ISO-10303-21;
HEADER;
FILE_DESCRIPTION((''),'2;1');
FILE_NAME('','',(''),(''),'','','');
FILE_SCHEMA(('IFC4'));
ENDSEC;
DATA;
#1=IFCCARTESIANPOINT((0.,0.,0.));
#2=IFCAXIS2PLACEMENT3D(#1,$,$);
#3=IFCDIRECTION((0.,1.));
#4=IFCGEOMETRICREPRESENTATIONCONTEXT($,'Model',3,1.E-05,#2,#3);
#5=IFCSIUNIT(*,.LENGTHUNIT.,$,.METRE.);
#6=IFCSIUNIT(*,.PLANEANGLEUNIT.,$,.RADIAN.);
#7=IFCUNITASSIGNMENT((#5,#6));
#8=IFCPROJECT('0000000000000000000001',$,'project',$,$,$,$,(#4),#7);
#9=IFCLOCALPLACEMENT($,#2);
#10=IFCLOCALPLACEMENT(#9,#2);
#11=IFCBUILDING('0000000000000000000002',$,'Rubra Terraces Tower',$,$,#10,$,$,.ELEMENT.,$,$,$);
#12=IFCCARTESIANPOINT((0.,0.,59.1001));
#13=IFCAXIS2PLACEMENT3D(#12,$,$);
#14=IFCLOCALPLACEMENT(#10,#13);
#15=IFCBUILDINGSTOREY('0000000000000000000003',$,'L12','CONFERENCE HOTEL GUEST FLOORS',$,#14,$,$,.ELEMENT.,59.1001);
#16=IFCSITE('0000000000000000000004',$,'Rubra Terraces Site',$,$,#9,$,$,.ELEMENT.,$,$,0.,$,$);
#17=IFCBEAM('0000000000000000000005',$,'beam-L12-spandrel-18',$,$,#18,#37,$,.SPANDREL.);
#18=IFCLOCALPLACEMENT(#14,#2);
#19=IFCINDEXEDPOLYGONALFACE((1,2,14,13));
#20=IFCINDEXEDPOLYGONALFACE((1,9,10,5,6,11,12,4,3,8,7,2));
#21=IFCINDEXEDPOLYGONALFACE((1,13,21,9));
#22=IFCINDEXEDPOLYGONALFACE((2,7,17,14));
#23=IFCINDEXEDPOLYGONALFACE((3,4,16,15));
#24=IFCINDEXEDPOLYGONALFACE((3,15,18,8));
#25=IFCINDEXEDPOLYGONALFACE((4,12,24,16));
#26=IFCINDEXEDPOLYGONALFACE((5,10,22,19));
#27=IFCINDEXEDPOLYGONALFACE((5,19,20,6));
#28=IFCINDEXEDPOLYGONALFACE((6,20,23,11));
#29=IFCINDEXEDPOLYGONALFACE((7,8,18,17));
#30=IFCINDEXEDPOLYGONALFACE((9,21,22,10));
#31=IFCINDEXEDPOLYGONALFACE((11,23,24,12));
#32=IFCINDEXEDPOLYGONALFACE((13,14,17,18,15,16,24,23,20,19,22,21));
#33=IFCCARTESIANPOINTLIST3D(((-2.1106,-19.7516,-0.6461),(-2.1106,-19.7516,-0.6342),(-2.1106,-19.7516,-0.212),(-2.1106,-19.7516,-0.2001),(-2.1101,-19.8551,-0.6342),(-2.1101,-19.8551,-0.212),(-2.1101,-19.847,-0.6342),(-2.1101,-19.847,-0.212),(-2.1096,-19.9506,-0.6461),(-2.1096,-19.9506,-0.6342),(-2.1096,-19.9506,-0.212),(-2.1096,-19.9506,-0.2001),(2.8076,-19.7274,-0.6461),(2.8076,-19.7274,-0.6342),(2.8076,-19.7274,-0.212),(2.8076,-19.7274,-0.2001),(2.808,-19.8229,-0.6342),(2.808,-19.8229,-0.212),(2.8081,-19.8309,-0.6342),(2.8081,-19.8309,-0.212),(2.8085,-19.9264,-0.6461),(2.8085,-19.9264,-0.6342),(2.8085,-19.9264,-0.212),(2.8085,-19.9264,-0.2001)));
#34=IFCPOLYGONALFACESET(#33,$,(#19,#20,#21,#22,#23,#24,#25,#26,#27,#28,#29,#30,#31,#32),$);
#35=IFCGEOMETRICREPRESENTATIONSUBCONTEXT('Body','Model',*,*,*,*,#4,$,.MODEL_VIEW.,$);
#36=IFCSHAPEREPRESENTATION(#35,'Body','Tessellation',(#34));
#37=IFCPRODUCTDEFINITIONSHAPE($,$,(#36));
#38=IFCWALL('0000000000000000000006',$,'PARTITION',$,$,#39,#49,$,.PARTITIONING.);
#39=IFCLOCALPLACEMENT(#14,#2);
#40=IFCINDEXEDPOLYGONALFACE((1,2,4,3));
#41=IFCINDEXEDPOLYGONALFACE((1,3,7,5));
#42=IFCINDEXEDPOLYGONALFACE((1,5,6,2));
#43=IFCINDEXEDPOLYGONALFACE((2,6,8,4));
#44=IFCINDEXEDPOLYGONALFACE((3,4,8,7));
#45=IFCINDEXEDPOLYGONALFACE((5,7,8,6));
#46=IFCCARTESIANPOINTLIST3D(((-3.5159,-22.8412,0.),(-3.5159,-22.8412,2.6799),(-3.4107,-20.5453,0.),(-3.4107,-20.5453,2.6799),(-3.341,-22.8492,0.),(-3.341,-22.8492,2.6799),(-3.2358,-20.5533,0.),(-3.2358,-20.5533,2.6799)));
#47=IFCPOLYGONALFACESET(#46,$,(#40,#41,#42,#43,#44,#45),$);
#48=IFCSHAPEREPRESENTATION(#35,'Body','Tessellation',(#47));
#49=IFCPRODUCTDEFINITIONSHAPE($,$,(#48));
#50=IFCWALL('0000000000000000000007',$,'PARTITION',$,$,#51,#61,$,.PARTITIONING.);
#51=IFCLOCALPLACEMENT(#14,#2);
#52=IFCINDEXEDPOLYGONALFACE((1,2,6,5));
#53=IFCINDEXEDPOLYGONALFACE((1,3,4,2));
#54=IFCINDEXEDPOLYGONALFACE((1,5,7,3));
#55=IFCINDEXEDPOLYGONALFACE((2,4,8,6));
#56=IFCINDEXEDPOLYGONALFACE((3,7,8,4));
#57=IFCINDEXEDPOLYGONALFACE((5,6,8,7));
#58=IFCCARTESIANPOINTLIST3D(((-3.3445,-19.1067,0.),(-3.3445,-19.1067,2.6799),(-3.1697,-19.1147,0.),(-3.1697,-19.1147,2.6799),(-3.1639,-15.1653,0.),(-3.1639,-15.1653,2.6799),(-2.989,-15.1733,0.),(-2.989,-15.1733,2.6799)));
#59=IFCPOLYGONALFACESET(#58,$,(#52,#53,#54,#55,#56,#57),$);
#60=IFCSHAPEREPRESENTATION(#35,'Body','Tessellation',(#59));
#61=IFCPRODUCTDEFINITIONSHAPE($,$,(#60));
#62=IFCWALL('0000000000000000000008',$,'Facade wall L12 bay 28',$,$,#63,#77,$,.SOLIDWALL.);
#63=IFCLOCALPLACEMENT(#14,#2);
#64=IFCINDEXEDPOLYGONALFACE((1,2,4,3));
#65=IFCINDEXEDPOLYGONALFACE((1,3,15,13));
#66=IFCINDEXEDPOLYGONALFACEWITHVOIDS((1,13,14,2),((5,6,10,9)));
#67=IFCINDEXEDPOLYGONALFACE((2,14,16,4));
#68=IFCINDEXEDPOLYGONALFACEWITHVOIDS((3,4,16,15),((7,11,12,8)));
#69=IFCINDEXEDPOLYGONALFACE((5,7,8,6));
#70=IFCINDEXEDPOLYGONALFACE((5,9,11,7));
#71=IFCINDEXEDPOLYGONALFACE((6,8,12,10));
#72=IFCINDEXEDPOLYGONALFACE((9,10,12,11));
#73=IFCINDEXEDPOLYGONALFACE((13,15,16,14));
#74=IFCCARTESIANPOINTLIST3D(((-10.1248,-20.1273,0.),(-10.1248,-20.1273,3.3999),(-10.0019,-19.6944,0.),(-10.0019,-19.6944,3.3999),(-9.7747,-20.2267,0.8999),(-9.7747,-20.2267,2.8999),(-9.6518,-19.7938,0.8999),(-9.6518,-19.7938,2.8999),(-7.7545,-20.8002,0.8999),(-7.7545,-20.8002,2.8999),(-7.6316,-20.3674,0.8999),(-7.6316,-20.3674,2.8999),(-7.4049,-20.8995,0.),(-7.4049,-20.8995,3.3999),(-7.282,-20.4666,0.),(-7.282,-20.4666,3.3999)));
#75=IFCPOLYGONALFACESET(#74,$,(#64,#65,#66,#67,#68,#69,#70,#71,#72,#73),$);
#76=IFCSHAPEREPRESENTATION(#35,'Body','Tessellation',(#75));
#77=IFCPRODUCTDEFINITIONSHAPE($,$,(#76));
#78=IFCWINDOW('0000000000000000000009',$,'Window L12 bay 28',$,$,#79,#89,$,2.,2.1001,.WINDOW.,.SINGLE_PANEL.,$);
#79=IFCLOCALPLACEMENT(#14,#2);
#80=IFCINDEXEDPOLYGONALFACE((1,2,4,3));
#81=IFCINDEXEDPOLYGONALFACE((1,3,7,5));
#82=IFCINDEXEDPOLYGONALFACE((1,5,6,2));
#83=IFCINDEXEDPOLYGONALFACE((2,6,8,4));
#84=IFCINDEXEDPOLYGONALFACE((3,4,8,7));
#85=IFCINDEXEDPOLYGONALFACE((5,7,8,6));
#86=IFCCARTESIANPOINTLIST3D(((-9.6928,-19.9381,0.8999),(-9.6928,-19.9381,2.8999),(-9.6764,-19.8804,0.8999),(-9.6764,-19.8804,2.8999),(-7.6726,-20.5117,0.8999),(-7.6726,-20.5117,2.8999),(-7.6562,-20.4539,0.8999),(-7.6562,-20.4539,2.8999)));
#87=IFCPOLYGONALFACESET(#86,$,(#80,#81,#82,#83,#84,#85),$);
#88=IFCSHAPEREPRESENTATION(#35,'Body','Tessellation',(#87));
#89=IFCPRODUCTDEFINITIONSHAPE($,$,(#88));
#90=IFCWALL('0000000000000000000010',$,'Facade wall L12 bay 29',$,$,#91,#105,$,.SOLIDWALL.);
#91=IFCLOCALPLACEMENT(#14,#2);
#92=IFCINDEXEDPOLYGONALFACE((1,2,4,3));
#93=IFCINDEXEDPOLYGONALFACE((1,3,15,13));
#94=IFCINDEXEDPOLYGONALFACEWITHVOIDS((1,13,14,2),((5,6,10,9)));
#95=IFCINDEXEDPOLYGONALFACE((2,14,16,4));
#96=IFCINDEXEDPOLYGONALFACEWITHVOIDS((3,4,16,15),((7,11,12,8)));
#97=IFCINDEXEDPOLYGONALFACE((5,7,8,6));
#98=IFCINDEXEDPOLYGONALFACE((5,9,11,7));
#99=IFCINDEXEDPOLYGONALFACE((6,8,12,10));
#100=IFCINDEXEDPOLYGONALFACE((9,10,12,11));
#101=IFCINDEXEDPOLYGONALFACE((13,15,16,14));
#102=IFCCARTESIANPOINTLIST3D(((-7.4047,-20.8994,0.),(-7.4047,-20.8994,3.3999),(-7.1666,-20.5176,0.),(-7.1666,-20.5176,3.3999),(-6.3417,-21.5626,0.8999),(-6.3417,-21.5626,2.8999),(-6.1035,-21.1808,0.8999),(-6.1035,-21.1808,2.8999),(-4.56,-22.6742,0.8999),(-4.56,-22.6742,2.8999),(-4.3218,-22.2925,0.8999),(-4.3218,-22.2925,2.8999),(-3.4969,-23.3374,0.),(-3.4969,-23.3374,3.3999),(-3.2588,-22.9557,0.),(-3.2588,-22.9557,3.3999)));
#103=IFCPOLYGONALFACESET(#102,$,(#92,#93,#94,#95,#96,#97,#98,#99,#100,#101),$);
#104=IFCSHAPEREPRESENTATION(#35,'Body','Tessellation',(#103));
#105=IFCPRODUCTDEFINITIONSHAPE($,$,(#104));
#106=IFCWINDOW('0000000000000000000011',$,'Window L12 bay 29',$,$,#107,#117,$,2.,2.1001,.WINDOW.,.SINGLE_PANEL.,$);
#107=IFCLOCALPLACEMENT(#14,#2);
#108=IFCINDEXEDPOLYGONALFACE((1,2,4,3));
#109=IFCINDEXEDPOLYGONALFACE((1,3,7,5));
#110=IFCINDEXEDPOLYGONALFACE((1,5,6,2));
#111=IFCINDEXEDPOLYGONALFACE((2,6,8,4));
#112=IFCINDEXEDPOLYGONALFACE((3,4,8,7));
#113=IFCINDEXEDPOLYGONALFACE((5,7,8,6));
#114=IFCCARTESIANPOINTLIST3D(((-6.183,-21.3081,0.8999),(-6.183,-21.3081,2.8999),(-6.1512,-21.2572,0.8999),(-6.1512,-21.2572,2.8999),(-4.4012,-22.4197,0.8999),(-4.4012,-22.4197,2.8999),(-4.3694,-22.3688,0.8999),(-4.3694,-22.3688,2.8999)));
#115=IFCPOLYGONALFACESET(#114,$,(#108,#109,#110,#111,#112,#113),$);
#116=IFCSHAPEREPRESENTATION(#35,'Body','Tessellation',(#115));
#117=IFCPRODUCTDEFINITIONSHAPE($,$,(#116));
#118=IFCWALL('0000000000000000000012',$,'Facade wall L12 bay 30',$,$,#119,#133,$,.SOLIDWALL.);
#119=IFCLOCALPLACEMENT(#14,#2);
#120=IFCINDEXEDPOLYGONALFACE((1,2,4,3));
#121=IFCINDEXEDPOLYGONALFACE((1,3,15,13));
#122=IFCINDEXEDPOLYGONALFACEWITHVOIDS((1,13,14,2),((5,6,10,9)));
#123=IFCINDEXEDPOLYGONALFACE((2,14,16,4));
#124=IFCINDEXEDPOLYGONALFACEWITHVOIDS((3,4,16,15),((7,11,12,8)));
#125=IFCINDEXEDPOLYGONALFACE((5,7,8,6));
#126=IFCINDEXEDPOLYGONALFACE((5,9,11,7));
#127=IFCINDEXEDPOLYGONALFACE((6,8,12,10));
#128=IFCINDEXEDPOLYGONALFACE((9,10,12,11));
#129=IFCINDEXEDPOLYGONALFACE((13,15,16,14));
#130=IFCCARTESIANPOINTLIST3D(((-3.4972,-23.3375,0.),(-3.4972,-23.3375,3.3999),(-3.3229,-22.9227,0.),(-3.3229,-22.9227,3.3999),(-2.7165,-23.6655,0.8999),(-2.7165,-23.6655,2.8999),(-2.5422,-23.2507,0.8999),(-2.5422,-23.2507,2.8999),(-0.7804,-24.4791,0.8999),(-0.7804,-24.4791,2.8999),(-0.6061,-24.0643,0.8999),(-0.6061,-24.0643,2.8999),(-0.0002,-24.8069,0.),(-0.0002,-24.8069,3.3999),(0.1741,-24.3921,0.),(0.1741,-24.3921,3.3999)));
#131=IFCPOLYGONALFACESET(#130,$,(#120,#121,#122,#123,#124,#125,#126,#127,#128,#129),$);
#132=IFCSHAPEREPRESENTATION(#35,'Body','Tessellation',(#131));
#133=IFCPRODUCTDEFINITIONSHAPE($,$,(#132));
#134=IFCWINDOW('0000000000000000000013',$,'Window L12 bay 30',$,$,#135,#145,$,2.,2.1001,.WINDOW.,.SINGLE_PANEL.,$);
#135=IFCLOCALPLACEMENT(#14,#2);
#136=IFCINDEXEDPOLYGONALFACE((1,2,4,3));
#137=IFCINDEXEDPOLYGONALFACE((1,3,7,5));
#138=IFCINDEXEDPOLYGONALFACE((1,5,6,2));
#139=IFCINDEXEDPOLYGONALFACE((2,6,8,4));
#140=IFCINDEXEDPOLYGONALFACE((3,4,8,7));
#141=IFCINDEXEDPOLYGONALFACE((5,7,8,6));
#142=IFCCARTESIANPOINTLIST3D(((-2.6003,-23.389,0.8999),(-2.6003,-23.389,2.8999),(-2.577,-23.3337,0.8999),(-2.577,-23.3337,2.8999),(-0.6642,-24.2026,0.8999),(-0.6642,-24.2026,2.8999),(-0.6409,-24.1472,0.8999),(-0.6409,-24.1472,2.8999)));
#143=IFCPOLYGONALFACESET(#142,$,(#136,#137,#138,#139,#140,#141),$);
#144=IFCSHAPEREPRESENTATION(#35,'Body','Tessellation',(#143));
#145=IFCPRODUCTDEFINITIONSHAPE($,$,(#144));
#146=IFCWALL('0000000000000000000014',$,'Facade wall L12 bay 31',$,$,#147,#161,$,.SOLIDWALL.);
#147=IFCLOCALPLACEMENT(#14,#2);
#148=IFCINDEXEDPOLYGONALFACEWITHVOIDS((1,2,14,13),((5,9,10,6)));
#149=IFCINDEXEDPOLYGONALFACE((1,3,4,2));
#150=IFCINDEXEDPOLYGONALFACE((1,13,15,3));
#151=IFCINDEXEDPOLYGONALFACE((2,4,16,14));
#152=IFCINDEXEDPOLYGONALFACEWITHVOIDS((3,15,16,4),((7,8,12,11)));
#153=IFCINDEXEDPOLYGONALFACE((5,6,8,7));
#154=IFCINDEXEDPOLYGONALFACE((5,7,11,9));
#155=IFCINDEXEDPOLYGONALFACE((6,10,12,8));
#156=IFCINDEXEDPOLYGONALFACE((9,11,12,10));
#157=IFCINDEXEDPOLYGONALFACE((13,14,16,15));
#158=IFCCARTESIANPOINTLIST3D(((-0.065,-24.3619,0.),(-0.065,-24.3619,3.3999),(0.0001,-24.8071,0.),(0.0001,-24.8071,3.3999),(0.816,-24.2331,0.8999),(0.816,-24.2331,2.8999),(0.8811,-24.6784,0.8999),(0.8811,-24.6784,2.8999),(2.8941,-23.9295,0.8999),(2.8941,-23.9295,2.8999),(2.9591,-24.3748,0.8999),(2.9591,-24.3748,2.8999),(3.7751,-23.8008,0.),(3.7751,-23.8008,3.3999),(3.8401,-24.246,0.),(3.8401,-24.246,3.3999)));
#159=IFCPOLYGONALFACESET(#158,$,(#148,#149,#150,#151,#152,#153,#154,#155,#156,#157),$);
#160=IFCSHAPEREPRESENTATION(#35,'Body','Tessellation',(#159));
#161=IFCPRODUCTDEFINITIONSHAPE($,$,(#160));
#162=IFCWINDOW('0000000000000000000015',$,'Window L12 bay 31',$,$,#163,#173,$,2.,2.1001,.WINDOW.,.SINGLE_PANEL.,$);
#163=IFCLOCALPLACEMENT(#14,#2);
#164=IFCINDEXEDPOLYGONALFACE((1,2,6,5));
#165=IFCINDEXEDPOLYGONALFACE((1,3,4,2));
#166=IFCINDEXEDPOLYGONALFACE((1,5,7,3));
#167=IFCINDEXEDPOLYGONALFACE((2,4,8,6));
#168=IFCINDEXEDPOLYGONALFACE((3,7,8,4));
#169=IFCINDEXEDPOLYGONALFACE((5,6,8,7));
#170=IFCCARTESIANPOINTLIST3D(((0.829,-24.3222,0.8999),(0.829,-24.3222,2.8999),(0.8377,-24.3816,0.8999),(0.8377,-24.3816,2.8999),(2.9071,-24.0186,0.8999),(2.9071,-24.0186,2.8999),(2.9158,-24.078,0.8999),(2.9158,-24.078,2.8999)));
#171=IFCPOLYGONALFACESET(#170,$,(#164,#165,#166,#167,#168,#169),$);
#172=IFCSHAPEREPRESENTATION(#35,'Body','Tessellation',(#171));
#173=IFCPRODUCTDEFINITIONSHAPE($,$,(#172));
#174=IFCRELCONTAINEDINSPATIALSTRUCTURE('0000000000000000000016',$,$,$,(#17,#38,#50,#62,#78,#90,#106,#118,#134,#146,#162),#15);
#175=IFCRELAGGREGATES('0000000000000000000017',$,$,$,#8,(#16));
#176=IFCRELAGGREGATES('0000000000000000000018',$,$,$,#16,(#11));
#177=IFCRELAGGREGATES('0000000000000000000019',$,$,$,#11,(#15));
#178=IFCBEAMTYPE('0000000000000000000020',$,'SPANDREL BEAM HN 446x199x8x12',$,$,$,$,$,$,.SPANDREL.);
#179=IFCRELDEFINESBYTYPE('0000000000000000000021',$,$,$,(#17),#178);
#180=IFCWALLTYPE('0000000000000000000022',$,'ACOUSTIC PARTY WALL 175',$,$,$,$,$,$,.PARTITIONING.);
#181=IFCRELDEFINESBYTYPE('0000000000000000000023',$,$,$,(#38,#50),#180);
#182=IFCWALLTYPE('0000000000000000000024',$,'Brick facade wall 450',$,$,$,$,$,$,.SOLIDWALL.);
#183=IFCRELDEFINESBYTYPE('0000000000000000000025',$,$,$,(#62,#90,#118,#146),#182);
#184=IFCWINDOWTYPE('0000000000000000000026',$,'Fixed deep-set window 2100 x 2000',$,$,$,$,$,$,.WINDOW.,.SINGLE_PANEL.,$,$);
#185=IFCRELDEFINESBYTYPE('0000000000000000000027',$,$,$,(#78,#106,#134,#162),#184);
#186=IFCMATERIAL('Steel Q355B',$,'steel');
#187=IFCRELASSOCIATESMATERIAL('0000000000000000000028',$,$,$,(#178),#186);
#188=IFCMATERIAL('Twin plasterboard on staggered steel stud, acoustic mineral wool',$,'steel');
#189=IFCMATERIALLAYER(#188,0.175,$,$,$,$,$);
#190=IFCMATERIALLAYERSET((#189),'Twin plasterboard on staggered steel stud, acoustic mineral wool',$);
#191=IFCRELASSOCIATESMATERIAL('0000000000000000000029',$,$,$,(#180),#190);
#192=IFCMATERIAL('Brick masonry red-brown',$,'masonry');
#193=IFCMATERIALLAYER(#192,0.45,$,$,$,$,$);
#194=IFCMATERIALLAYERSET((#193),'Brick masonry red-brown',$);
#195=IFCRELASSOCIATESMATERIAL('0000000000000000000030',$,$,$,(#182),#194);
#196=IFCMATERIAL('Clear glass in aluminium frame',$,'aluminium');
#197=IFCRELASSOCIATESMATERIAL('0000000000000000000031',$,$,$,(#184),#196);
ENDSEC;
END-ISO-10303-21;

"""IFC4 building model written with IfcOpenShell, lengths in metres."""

from ifc_helpers import new_model, si_unit, direction, frame, frame_2d, origin, origin_2d, place, context, subcontext, project, spatial, rectangle, i_section, extrude, material, layer, layer_set, material_profile, profile_set, type_object, element, fill, save


model = new_model("IFC4")

# Units and contexts
model_context = context("Model", 3, precision=1e-05, world=origin(), true_north=direction((0.0, 1.0)))
body_context = subcontext(model_context, "Body", "Model", "MODEL_VIEW")
ifc_project = project(units=[si_unit("LENGTHUNIT", "METRE"), si_unit("PLANEANGLEUNIT", "RADIAN")], contexts=[model_context])

# Site, building, storey
site_placement = place(None, origin())
site = spatial("IfcSite", under=ifc_project, at=site_placement, Name="Rubra Terraces Site", CompositionType="ELEMENT", RefElevation=0.0)
building_placement = place(site_placement, origin())
building = spatial("IfcBuilding", under=site, at=building_placement, Name="Rubra Terraces Tower", CompositionType="ELEMENT")
storey_placement = place(building_placement, frame((0.0, 0.0, 59.1001)))
storey = spatial("IfcBuildingStorey", under=building, at=storey_placement, Name="L12", Description="CONFERENCE HOTEL GUEST FLOORS", CompositionType="ELEMENT", Elevation=59.1001)

# Beam
ifc_material_1 = material(Name="Steel Q355B", Category="steel")
ifc_material_profile_1 = material_profile(ifc_material_1, i_section(OverallWidth=0.199, OverallDepth=0.446, WebThickness=0.0081, FlangeThickness=0.012, at=origin_2d()), Name="HN 446x199x8x12")
ifc_profile_set_1 = profile_set([ifc_material_profile_1], Name="Steel Q355B")
beam_type_1 = type_object("IfcBeamType", Name="SPANDREL BEAM HN 446x199x8x12", PredefinedType="SPANDREL", material=ifc_profile_set_1)
beam_1_placement = place(storey_placement, frame((-2.1101, -19.8511, -0.4231), z_axis=(0.999988, 0.004914, 0.0), x_axis=(-0.004914, 0.999988, 0.0)))
element("IfcBeam", 1, at=beam_1_placement, inside=storey, type_object=beam_type_1, Name="beam-L12-spandrel-18", PredefinedType="SPANDREL", context=body_context, shape_type="SweptSolid", body=[
    extrude(i_section(OverallWidth=0.199, OverallDepth=0.446, WebThickness=0.0081, FlangeThickness=0.012, at=origin_2d()), origin(), (0.0, 0.0, 1.0), 4.9182),
])

# Walls
ifc_material_2 = material(Name="Twin plasterboard on staggered steel stud, acoustic mineral wool", Category="steel")
ifc_layer_1 = layer(ifc_material_2, 0.175)
ifc_layer_set_1 = layer_set([ifc_layer_1], Name="Twin plasterboard on staggered steel stud, acoustic mineral wool")
wall_type_1 = type_object("IfcWallType", Name="ACOUSTIC PARTY WALL 175", PredefinedType="PARTITIONING", material=ifc_layer_set_1)
wall_1_placement = place(storey_placement, frame((-3.4285, -22.8452, 0.0), z_axis=(0.0, 0.0, 1.0), x_axis=(0.045784, 0.998951, 0.0)))
element("IfcWall", 2, at=wall_1_placement, inside=storey, type_object=wall_type_1, Name="PARTITION", PredefinedType="PARTITIONING", context=body_context, shape_type="SweptSolid", body=[
    extrude(rectangle(XDim=2.2983, YDim=0.175, at=frame_2d((1.1492, 0.0))), origin(), (0.0, 0.0, 1.0), 2.6799),
])
wall_2_placement = place(storey_placement, frame((-3.2571, -19.1106, 0.0), z_axis=(0.0, 0.0, 1.0), x_axis=(0.045789, 0.998951, 0.0)))
element("IfcWall", 3, at=wall_2_placement, inside=storey, type_object=wall_type_1, Name="PARTITION", PredefinedType="PARTITIONING", context=body_context, shape_type="SweptSolid", body=[
    extrude(rectangle(XDim=3.9456, YDim=0.175, at=frame_2d((1.9727, 0.0))), origin(), (0.0, 0.0, 1.0), 2.6799),
])

# Walls, openings, windows
ifc_material_3 = material(Name="Brick masonry red-brown", Category="masonry")
ifc_layer_2 = layer(ifc_material_3, 0.45)
ifc_layer_set_2 = layer_set([ifc_layer_2], Name="Brick masonry red-brown")
wall_type_2 = type_object("IfcWallType", Name="Brick facade wall 450", PredefinedType="SOLIDWALL", material=ifc_layer_set_2)
wall_3_placement = place(storey_placement, frame((-10.0632, -19.9109, 0.0), z_axis=(0.0, 0.0, 1.0), x_axis=(0.961982, -0.273113, 0.0)))
wall_3 = element("IfcWall", 4, at=wall_3_placement, inside=storey, type_object=wall_type_2, Name="Facade wall L12 bay 28", PredefinedType="SOLIDWALL", context=body_context, shape_type="SweptSolid", body=[
    extrude(rectangle(XDim=2.8274, YDim=0.45, at=frame_2d((1.4136, 0.0))), origin(), (0.0, 0.0, 1.0), 3.3999),
])
opening_1_placement = place(wall_3_placement, frame((0.3638, 0.0, 0.8999)))
opening_1 = element("IfcOpeningElement", 5, at=opening_1_placement, cuts=wall_3, PredefinedType="OPENING", context=body_context, shape_type="SweptSolid", body=[
    extrude(rectangle(XDim=2.1001, YDim=2.0, at=frame_2d((1.05, 1.0))), frame((0.0, 0.2349, 0.0), z_axis=(0.0, -1.0, 0.0), x_axis=(1.0, 0.0, 0.0)), (0.0, 0.0, 1.0), 0.47),
])
ifc_material_4 = material(Name="Clear glass in aluminium frame", Category="aluminium")
window_type = type_object("IfcWindowType", Name="Fixed deep-set window 2100 x 2000", PartitioningType="SINGLE_PANEL", PredefinedType="WINDOW", material=ifc_material_4)
window_1_placement = place(opening_1_placement, origin())
window_1 = element("IfcWindow", 6, at=window_1_placement, inside=storey, type_object=window_type, Name="Window L12 bay 28", OverallHeight=2.0, OverallWidth=2.1001, PartitioningType="SINGLE_PANEL", PredefinedType="WINDOW", context=body_context, shape_type="SweptSolid", body=[
    extrude(rectangle(XDim=2.1001, YDim=2.0, at=frame_2d((1.05, 1.0))), frame((0.0, 0.135, 0.0), z_axis=(0.0, -1.0, 0.0), x_axis=(1.0, 0.0, 0.0)), (0.0, 0.0, 1.0), 0.0601),
])
fill(opening_1, window_1)
wall_4_placement = place(storey_placement, frame((-7.2856, -20.7085, 0.0), z_axis=(0.0, 0.0, 1.0), x_axis=(0.848421, -0.529322, 0.0)))
wall_4 = element("IfcWall", 7, at=wall_4_placement, inside=storey, type_object=wall_type_2, Name="Facade wall L12 bay 29", PredefinedType="SOLIDWALL", context=body_context, shape_type="SweptSolid", body=[
    extrude(rectangle(XDim=4.606, YDim=0.45, at=frame_2d((2.303, 0.0))), origin(), (0.0, 0.0, 1.0), 3.3999),
])
opening_2_placement = place(wall_4_placement, frame((1.2529, 0.0, 0.8999)))
opening_2 = element("IfcOpeningElement", 8, at=opening_2_placement, cuts=wall_4, PredefinedType="OPENING", context=body_context, shape_type="SweptSolid", body=[
    extrude(rectangle(XDim=2.1001, YDim=2.0, at=frame_2d((1.05, 1.0))), frame((0.0, 0.2349, 0.0), z_axis=(0.0, -1.0, 0.0), x_axis=(1.0, 0.0, 0.0)), (0.0, 0.0, 1.0), 0.47),
])
window_2_placement = place(opening_2_placement, origin())
window_2 = element("IfcWindow", 9, at=window_2_placement, inside=storey, type_object=window_type, Name="Window L12 bay 29", OverallHeight=2.0, OverallWidth=2.1001, PartitioningType="SINGLE_PANEL", PredefinedType="WINDOW", context=body_context, shape_type="SweptSolid", body=[
    extrude(rectangle(XDim=2.1001, YDim=2.0, at=frame_2d((1.05, 1.0))), frame((0.0, 0.135, 0.0), z_axis=(0.0, -1.0, 0.0), x_axis=(1.0, 0.0, 0.0)), (0.0, 0.0, 1.0), 0.0601),
])
fill(opening_2, window_2)
wall_5_placement = place(storey_placement, frame((-3.4099, -23.1301, 0.0), z_axis=(0.0, 0.0, 1.0), x_axis=(0.921915, -0.387392, 0.0)))
wall_5 = element("IfcWall", 10, at=wall_5_placement, inside=storey, type_object=wall_type_2, Name="Facade wall L12 bay 30", PredefinedType="SOLIDWALL", context=body_context, shape_type="SweptSolid", body=[
    extrude(rectangle(XDim=3.7932, YDim=0.45, at=frame_2d((1.8965, 0.0))), origin(), (0.0, 0.0, 1.0), 3.3999),
])
opening_3_placement = place(wall_5_placement, frame((0.8467, 0.0, 0.8999)))
opening_3 = element("IfcOpeningElement", 11, at=opening_3_placement, cuts=wall_5, PredefinedType="OPENING", context=body_context, shape_type="SweptSolid", body=[
    extrude(rectangle(XDim=2.1001, YDim=2.0, at=frame_2d((1.05, 1.0))), frame((0.0, 0.2349, 0.0), z_axis=(0.0, -1.0, 0.0), x_axis=(1.0, 0.0, 0.0)), (0.0, 0.0, 1.0), 0.47),
])
window_3_placement = place(opening_3_placement, origin())
window_3 = element("IfcWindow", 12, at=window_3_placement, inside=storey, type_object=window_type, Name="Window L12 bay 30", OverallHeight=2.0, OverallWidth=2.1001, PartitioningType="SINGLE_PANEL", PredefinedType="WINDOW", context=body_context, shape_type="SweptSolid", body=[
    extrude(rectangle(XDim=2.1001, YDim=2.0, at=frame_2d((1.05, 1.0))), frame((0.0, 0.135, 0.0), z_axis=(0.0, -1.0, 0.0), x_axis=(1.0, 0.0, 0.0)), (0.0, 0.0, 1.0), 0.0601),
])
fill(opening_3, window_3)
wall_6_placement = place(storey_placement, frame((-0.0325, -24.5845, 0.0), z_axis=(0.0, 0.0, 1.0), x_axis=(0.989495, 0.144565, 0.0)))
wall_6 = element("IfcWall", 13, at=wall_6_placement, inside=storey, type_object=wall_type_2, Name="Facade wall L12 bay 31", PredefinedType="SOLIDWALL", context=body_context, shape_type="SweptSolid", body=[
    extrude(rectangle(XDim=3.8809, YDim=0.45, at=frame_2d((1.9404, 0.0))), origin(), (0.0, 0.0, 1.0), 3.3999),
])
opening_4_placement = place(wall_6_placement, frame((0.8904, 0.0, 0.8999)))
opening_4 = element("IfcOpeningElement", 14, at=opening_4_placement, cuts=wall_6, PredefinedType="OPENING", context=body_context, shape_type="SweptSolid", body=[
    extrude(rectangle(XDim=2.1001, YDim=2.0, at=frame_2d((1.05, 1.0))), frame((0.0, 0.2349, 0.0), z_axis=(0.0, -1.0, 0.0), x_axis=(1.0, 0.0, 0.0)), (0.0, 0.0, 1.0), 0.47),
])
window_4_placement = place(opening_4_placement, origin())
window_4 = element("IfcWindow", 15, at=window_4_placement, inside=storey, type_object=window_type, Name="Window L12 bay 31", OverallHeight=2.0, OverallWidth=2.1001, PartitioningType="SINGLE_PANEL", PredefinedType="WINDOW", context=body_context, shape_type="SweptSolid", body=[
    extrude(rectangle(XDim=2.1001, YDim=2.0, at=frame_2d((1.05, 1.0))), frame((0.0, 0.135, 0.0), z_axis=(0.0, -1.0, 0.0), x_axis=(1.0, 0.0, 0.0)), (0.0, 0.0, 1.0), 0.0601),
])
fill(opening_4, window_4)

save(model, "model.ifc")
